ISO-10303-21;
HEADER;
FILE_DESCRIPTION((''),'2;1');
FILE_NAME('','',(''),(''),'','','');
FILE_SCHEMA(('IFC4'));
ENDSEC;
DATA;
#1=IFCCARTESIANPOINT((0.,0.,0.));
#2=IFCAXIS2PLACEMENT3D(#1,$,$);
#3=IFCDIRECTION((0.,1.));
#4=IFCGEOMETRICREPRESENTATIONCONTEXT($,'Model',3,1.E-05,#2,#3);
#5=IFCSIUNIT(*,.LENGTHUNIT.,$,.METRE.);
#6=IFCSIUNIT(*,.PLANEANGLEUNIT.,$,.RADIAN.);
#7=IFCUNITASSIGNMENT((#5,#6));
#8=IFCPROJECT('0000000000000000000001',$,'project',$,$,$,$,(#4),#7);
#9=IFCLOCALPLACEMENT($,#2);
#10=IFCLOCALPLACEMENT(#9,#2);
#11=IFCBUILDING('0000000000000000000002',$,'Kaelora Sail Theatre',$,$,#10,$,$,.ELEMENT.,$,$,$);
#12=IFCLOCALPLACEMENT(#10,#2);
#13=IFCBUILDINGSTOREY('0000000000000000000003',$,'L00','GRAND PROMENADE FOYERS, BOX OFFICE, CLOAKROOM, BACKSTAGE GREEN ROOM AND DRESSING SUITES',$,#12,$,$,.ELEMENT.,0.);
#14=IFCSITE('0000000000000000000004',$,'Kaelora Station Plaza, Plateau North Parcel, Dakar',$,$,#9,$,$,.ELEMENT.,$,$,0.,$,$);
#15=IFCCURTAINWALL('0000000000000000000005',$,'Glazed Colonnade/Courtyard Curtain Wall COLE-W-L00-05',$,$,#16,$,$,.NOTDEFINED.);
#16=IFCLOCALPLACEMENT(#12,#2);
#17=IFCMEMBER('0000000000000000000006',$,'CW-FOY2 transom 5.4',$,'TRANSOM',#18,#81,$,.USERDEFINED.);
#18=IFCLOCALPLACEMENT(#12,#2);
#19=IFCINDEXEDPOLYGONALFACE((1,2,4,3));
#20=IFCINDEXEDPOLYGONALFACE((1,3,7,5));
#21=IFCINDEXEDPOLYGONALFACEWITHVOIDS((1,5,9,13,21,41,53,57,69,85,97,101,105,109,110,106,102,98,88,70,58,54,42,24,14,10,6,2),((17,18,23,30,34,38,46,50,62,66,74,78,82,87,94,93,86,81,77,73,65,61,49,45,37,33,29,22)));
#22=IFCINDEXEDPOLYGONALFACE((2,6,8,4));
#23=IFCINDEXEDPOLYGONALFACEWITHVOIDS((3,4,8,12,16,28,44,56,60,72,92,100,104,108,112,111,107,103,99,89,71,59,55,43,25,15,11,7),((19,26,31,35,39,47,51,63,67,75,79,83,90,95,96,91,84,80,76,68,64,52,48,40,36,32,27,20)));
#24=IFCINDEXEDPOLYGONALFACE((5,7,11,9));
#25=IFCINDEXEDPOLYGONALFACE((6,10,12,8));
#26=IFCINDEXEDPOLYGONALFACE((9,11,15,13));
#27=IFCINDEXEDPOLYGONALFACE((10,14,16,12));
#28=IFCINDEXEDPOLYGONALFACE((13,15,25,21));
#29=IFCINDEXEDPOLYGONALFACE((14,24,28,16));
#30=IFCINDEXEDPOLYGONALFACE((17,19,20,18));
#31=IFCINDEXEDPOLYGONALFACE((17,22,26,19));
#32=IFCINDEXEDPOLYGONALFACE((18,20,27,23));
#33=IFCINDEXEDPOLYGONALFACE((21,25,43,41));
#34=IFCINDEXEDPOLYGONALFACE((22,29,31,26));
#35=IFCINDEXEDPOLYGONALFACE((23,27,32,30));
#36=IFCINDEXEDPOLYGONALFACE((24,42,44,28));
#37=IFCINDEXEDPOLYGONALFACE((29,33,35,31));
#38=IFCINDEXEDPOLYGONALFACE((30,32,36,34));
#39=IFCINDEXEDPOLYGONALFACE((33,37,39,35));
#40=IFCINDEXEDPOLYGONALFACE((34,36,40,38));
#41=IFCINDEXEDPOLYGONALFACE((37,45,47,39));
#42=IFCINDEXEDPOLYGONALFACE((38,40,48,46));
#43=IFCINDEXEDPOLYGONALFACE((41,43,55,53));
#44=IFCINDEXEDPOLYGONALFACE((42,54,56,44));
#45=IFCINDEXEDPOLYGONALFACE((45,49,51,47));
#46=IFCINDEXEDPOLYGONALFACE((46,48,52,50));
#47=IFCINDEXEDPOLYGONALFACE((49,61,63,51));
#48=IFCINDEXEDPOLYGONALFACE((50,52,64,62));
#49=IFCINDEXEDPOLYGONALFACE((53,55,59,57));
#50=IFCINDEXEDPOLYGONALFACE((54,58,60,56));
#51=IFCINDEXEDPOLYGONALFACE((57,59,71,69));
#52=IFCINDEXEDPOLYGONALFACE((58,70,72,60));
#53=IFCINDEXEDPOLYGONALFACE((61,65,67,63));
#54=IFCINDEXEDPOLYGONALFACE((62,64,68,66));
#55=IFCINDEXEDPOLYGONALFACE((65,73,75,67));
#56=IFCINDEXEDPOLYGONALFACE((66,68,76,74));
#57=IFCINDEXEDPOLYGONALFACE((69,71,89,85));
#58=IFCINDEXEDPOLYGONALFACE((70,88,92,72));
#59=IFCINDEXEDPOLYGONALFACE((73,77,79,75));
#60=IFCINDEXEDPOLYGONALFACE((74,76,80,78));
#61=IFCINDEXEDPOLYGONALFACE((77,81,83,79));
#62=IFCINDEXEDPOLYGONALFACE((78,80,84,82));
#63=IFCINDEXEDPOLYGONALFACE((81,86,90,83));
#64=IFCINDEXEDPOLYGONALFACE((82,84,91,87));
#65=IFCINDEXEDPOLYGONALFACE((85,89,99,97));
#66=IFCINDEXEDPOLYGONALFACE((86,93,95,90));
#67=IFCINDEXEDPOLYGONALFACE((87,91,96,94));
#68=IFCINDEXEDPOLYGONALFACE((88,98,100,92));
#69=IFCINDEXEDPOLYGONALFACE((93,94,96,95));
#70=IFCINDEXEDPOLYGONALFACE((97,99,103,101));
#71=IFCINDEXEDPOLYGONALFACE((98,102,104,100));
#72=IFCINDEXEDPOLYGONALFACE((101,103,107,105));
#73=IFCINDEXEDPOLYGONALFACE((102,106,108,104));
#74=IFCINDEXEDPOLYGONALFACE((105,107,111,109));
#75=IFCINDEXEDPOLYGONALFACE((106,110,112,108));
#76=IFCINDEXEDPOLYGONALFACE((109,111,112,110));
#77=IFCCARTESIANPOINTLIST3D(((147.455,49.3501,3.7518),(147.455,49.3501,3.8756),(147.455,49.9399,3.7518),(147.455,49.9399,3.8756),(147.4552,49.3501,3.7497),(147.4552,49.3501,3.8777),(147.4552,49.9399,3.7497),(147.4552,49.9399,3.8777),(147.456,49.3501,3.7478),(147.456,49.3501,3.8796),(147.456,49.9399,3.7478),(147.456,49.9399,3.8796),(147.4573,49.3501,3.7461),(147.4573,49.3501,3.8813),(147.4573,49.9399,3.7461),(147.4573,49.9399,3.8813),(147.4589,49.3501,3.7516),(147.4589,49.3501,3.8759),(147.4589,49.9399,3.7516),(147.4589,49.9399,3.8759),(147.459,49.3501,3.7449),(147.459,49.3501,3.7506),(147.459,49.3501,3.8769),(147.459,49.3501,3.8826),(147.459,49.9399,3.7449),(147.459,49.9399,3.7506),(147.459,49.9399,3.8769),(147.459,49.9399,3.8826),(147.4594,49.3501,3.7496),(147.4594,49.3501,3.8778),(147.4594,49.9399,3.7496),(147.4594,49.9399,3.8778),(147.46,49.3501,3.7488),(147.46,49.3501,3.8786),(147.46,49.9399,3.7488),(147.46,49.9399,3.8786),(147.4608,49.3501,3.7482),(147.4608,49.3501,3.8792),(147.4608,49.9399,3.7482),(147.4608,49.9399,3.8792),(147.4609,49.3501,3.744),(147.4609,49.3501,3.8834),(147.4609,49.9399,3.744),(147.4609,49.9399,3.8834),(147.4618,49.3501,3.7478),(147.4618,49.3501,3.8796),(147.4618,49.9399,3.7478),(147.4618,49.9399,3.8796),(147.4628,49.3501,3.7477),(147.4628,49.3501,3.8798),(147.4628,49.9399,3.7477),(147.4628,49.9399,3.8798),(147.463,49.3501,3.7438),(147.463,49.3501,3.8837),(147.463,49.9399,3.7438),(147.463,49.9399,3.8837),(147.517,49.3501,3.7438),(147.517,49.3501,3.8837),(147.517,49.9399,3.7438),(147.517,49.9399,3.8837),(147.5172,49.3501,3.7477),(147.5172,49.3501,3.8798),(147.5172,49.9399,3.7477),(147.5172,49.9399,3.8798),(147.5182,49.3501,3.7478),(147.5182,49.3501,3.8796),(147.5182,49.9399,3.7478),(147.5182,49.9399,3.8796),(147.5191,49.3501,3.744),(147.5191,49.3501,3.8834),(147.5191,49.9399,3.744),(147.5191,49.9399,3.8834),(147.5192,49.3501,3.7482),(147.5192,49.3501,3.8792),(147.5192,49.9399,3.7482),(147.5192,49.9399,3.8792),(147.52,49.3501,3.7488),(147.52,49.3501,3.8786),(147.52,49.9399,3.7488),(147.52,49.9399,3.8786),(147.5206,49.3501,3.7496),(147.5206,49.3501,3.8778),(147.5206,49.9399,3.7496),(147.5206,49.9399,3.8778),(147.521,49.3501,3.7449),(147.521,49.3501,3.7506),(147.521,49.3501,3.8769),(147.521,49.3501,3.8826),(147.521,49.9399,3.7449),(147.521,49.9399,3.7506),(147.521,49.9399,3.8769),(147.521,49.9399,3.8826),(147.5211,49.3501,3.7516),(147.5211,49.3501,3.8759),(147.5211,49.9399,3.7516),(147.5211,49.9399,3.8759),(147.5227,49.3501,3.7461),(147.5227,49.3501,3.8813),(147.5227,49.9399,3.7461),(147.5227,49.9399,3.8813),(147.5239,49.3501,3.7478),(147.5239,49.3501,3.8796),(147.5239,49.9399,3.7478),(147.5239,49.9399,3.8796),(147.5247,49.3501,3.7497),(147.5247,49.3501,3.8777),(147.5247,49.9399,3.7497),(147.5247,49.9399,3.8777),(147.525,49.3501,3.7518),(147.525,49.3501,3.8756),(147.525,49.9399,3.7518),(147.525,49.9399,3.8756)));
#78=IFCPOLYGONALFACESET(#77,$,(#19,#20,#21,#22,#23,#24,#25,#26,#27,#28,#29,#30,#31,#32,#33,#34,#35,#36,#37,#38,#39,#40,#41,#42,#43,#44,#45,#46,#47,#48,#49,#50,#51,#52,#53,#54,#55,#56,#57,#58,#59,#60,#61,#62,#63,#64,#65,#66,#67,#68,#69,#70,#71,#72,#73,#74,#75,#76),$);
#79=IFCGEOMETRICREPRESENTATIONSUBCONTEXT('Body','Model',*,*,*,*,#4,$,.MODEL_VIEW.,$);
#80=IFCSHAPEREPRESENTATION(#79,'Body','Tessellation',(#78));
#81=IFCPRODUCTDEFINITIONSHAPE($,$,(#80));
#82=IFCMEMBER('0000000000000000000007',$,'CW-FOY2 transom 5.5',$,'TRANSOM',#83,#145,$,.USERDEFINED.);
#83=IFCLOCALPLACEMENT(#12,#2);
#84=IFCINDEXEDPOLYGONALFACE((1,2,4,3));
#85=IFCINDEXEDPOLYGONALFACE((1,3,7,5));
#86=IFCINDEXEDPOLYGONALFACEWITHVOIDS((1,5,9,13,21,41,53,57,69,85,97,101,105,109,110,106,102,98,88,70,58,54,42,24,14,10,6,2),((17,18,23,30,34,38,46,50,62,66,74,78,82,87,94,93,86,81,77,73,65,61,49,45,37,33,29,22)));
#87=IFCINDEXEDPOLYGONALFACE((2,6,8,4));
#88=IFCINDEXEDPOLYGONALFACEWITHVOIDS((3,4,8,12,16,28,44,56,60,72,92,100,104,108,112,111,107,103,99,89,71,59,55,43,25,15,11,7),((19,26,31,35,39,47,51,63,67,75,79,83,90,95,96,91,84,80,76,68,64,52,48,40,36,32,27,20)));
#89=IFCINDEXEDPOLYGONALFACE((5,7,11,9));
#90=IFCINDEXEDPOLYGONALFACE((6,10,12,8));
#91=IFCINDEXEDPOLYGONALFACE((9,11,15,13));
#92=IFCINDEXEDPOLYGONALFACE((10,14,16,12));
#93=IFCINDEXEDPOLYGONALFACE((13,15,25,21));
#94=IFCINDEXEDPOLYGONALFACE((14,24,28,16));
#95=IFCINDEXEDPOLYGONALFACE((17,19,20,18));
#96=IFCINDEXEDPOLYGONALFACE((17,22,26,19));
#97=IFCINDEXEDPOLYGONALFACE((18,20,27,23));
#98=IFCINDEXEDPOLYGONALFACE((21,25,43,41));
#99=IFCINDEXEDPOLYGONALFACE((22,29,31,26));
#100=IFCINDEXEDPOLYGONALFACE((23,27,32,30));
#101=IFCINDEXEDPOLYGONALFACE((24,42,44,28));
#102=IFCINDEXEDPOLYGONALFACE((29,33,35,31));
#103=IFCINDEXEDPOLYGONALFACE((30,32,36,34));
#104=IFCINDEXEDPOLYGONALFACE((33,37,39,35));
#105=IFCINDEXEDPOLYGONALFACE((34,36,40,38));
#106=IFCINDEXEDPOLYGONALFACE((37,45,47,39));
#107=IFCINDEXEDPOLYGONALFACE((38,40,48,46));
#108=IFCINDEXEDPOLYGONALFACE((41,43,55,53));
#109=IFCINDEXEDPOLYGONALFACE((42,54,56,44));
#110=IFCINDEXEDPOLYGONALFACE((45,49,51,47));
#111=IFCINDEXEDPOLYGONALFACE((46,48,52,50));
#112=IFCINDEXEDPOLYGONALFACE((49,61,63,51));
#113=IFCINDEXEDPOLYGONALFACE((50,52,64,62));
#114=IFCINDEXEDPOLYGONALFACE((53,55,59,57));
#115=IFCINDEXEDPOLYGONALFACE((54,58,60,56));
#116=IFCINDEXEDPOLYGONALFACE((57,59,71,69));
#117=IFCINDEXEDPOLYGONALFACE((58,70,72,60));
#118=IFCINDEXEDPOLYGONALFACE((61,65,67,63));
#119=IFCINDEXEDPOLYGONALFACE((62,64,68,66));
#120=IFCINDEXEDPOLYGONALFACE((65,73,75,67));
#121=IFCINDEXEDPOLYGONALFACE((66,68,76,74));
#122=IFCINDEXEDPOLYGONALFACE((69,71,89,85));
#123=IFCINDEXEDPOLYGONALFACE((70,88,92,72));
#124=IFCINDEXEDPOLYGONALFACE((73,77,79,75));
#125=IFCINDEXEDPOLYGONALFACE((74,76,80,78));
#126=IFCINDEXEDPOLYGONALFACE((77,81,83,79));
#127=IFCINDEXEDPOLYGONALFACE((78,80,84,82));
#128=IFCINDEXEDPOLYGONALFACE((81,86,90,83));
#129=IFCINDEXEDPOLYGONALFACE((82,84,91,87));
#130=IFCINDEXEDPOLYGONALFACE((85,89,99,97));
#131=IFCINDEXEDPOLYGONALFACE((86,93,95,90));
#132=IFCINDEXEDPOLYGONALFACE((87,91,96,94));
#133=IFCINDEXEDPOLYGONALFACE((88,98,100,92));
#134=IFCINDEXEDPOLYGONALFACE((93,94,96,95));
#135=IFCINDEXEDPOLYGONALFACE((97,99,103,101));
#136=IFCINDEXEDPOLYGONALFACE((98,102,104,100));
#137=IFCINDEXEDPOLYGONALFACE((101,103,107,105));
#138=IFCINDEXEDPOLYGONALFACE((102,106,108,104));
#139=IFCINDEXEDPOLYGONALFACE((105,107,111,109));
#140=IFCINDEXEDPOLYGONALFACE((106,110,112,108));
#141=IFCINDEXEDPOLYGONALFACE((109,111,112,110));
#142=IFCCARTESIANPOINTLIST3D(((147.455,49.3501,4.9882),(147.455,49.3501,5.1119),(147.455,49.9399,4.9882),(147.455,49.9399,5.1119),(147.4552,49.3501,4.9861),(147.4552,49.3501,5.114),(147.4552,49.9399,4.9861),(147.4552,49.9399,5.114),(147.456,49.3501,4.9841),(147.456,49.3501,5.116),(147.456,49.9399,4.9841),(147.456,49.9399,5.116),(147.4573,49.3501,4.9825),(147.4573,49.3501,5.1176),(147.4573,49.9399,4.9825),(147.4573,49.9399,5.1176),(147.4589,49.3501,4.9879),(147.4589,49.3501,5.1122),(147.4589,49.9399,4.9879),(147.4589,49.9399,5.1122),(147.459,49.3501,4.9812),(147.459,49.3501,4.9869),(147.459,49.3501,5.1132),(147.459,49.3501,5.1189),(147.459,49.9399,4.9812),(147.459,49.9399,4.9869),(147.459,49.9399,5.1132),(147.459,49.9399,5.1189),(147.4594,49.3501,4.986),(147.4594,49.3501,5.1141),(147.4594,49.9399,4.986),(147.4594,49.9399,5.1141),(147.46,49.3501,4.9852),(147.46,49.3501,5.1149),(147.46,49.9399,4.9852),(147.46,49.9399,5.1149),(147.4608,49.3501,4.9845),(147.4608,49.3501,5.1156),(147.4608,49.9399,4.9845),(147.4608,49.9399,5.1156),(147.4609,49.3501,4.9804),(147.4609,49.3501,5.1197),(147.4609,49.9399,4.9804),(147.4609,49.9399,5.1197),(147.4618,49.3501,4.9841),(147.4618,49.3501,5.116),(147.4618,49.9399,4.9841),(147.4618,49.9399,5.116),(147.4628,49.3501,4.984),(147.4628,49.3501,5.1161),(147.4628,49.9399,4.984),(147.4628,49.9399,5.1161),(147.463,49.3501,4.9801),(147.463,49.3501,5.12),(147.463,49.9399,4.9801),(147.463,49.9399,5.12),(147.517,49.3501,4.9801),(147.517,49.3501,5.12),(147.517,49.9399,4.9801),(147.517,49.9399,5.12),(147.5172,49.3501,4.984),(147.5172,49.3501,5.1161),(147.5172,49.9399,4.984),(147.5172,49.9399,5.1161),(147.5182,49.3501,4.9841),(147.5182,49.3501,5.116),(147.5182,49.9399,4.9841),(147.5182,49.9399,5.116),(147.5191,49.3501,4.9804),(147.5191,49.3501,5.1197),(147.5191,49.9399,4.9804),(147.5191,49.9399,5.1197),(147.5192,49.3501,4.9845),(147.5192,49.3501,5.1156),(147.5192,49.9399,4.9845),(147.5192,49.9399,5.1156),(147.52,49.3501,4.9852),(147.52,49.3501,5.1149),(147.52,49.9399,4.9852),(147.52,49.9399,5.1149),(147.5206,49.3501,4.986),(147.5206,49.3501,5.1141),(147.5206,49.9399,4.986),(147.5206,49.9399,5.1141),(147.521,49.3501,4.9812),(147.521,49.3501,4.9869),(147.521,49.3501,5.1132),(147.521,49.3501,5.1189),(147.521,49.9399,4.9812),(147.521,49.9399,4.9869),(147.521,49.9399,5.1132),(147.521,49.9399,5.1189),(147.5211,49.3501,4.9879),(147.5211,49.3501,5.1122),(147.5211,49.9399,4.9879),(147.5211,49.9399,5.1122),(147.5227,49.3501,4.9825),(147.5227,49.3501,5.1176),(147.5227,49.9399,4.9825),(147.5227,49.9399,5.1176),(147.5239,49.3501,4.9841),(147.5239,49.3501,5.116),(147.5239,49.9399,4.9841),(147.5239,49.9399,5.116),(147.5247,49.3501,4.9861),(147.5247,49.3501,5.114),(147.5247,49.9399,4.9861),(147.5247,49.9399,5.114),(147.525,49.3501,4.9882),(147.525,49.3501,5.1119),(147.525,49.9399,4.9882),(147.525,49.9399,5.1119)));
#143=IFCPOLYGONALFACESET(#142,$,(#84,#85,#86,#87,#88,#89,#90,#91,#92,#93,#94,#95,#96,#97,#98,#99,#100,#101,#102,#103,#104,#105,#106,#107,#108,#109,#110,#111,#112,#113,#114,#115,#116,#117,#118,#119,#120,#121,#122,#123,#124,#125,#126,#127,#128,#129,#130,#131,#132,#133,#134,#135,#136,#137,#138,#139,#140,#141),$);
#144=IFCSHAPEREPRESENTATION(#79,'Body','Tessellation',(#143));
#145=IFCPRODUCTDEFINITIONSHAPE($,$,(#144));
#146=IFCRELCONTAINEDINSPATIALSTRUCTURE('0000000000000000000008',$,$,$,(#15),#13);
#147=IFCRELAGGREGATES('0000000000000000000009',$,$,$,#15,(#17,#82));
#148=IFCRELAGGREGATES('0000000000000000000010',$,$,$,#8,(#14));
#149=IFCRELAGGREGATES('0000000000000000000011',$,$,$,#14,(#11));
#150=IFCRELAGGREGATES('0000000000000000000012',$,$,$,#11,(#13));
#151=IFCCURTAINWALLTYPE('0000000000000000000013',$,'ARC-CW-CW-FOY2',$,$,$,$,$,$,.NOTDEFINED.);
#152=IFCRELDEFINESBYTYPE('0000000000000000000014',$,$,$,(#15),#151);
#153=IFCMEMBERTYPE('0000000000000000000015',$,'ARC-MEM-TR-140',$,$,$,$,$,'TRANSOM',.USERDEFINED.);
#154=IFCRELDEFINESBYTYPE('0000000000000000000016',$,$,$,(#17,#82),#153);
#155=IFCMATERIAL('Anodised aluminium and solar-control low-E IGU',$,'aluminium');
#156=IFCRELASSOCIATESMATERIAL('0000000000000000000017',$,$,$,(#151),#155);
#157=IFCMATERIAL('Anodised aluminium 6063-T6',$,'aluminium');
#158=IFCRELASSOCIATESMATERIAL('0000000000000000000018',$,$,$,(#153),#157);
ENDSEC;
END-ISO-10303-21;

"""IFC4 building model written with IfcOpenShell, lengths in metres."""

from ifc_helpers import new_model, si_unit, direction, frame, origin, origin_2d, place, context, subcontext, project, spatial, hollow_rectangle, extrude, material, material_profile, profile_set, type_object, element, aggregate, save


model = new_model("IFC4")

# Units and contexts
model_context = context("Model", 3, precision=1e-05, world=origin(), true_north=direction((0.0, 1.0)))
body_context = subcontext(model_context, "Body", "Model", "MODEL_VIEW")
ifc_project = project(units=[si_unit("LENGTHUNIT", "METRE"), si_unit("PLANEANGLEUNIT", "RADIAN")], contexts=[model_context])

# Site, building, storey
site_placement = place(None, origin())
site = spatial("IfcSite", under=ifc_project, at=site_placement, Name="Kaelora Station Plaza, Plateau North Parcel, Dakar", CompositionType="ELEMENT", RefElevation=0.0)
building_placement = place(site_placement, origin())
building = spatial("IfcBuilding", under=site, at=building_placement, Name="Kaelora Sail Theatre", CompositionType="ELEMENT")
storey_placement = place(building_placement, origin())
storey = spatial("IfcBuildingStorey", under=building, at=storey_placement, Name="L00", Description="GRAND PROMENADE FOYERS, BOX OFFICE, CLOAKROOM, BACKSTAGE GREEN ROOM AND DRESSING SUITES", CompositionType="ELEMENT", Elevation=0.0)

# Curtain wall, members
ifc_material_1 = material(Name="Anodised aluminium and solar-control low-E IGU", Category="aluminium")
curtain_wall_type = type_object("IfcCurtainWallType", Name="ARC-CW-CW-FOY2", PredefinedType="NOTDEFINED", material=ifc_material_1)
curtain_wall_1_placement = place(storey_placement, origin())
curtain_wall_1 = element("IfcCurtainWall", 1, at=curtain_wall_1_placement, inside=storey, type_object=curtain_wall_type, Name="Glazed Colonnade/Courtyard Curtain Wall COLE-W-L00-05", PredefinedType="NOTDEFINED")
ifc_material_2 = material(Name="Anodised aluminium 6063-T6", Category="aluminium")
ifc_material_profile = material_profile(ifc_material_2, hollow_rectangle(XDim=0.0701, YDim=0.1399, WallThickness=0.0039, InnerFilletRadius=0.0039, OuterFilletRadius=0.0081, at=origin_2d()), Name="ALU-TRAN 70x140x4")
ifc_profile_set = profile_set([ifc_material_profile], Name="Anodised aluminium 6063-T6")
member_type = type_object("IfcMemberType", Name="ARC-MEM-TR-140", ElementType="TRANSOM", PredefinedType="USERDEFINED", material=ifc_profile_set)
member_1_placement = place(storey_placement, frame((147.49, 49.3501, 3.8137), z_axis=(0.0, 1.0, 0.0), x_axis=(-1.0, 0.0, 0.0)))
member_1 = element("IfcMember", 2, at=member_1_placement, type_object=member_type, Name="CW-FOY2 transom 5.4", ObjectType="TRANSOM", PredefinedType="USERDEFINED", context=body_context, shape_type="SweptSolid", body=[
    extrude(hollow_rectangle(XDim=0.0701, YDim=0.1399, WallThickness=0.0039, InnerFilletRadius=0.0039, OuterFilletRadius=0.0081, at=origin_2d()), origin(), (0.0, 0.0, 1.0), 0.5898),
])
member_2_placement = place(storey_placement, frame((147.49, 49.3501, 5.05), z_axis=(0.0, 1.0, 0.0), x_axis=(-1.0, 0.0, 0.0)))
member_2 = element("IfcMember", 3, at=member_2_placement, type_object=member_type, Name="CW-FOY2 transom 5.5", ObjectType="TRANSOM", PredefinedType="USERDEFINED", context=body_context, shape_type="SweptSolid", body=[
    extrude(hollow_rectangle(XDim=0.0701, YDim=0.1399, WallThickness=0.0039, InnerFilletRadius=0.0039, OuterFilletRadius=0.0081, at=origin_2d()), origin(), (0.0, 0.0, 1.0), 0.5898),
])

aggregate(curtain_wall_1, [member_1, member_2])

save(model, "model.ifc")
